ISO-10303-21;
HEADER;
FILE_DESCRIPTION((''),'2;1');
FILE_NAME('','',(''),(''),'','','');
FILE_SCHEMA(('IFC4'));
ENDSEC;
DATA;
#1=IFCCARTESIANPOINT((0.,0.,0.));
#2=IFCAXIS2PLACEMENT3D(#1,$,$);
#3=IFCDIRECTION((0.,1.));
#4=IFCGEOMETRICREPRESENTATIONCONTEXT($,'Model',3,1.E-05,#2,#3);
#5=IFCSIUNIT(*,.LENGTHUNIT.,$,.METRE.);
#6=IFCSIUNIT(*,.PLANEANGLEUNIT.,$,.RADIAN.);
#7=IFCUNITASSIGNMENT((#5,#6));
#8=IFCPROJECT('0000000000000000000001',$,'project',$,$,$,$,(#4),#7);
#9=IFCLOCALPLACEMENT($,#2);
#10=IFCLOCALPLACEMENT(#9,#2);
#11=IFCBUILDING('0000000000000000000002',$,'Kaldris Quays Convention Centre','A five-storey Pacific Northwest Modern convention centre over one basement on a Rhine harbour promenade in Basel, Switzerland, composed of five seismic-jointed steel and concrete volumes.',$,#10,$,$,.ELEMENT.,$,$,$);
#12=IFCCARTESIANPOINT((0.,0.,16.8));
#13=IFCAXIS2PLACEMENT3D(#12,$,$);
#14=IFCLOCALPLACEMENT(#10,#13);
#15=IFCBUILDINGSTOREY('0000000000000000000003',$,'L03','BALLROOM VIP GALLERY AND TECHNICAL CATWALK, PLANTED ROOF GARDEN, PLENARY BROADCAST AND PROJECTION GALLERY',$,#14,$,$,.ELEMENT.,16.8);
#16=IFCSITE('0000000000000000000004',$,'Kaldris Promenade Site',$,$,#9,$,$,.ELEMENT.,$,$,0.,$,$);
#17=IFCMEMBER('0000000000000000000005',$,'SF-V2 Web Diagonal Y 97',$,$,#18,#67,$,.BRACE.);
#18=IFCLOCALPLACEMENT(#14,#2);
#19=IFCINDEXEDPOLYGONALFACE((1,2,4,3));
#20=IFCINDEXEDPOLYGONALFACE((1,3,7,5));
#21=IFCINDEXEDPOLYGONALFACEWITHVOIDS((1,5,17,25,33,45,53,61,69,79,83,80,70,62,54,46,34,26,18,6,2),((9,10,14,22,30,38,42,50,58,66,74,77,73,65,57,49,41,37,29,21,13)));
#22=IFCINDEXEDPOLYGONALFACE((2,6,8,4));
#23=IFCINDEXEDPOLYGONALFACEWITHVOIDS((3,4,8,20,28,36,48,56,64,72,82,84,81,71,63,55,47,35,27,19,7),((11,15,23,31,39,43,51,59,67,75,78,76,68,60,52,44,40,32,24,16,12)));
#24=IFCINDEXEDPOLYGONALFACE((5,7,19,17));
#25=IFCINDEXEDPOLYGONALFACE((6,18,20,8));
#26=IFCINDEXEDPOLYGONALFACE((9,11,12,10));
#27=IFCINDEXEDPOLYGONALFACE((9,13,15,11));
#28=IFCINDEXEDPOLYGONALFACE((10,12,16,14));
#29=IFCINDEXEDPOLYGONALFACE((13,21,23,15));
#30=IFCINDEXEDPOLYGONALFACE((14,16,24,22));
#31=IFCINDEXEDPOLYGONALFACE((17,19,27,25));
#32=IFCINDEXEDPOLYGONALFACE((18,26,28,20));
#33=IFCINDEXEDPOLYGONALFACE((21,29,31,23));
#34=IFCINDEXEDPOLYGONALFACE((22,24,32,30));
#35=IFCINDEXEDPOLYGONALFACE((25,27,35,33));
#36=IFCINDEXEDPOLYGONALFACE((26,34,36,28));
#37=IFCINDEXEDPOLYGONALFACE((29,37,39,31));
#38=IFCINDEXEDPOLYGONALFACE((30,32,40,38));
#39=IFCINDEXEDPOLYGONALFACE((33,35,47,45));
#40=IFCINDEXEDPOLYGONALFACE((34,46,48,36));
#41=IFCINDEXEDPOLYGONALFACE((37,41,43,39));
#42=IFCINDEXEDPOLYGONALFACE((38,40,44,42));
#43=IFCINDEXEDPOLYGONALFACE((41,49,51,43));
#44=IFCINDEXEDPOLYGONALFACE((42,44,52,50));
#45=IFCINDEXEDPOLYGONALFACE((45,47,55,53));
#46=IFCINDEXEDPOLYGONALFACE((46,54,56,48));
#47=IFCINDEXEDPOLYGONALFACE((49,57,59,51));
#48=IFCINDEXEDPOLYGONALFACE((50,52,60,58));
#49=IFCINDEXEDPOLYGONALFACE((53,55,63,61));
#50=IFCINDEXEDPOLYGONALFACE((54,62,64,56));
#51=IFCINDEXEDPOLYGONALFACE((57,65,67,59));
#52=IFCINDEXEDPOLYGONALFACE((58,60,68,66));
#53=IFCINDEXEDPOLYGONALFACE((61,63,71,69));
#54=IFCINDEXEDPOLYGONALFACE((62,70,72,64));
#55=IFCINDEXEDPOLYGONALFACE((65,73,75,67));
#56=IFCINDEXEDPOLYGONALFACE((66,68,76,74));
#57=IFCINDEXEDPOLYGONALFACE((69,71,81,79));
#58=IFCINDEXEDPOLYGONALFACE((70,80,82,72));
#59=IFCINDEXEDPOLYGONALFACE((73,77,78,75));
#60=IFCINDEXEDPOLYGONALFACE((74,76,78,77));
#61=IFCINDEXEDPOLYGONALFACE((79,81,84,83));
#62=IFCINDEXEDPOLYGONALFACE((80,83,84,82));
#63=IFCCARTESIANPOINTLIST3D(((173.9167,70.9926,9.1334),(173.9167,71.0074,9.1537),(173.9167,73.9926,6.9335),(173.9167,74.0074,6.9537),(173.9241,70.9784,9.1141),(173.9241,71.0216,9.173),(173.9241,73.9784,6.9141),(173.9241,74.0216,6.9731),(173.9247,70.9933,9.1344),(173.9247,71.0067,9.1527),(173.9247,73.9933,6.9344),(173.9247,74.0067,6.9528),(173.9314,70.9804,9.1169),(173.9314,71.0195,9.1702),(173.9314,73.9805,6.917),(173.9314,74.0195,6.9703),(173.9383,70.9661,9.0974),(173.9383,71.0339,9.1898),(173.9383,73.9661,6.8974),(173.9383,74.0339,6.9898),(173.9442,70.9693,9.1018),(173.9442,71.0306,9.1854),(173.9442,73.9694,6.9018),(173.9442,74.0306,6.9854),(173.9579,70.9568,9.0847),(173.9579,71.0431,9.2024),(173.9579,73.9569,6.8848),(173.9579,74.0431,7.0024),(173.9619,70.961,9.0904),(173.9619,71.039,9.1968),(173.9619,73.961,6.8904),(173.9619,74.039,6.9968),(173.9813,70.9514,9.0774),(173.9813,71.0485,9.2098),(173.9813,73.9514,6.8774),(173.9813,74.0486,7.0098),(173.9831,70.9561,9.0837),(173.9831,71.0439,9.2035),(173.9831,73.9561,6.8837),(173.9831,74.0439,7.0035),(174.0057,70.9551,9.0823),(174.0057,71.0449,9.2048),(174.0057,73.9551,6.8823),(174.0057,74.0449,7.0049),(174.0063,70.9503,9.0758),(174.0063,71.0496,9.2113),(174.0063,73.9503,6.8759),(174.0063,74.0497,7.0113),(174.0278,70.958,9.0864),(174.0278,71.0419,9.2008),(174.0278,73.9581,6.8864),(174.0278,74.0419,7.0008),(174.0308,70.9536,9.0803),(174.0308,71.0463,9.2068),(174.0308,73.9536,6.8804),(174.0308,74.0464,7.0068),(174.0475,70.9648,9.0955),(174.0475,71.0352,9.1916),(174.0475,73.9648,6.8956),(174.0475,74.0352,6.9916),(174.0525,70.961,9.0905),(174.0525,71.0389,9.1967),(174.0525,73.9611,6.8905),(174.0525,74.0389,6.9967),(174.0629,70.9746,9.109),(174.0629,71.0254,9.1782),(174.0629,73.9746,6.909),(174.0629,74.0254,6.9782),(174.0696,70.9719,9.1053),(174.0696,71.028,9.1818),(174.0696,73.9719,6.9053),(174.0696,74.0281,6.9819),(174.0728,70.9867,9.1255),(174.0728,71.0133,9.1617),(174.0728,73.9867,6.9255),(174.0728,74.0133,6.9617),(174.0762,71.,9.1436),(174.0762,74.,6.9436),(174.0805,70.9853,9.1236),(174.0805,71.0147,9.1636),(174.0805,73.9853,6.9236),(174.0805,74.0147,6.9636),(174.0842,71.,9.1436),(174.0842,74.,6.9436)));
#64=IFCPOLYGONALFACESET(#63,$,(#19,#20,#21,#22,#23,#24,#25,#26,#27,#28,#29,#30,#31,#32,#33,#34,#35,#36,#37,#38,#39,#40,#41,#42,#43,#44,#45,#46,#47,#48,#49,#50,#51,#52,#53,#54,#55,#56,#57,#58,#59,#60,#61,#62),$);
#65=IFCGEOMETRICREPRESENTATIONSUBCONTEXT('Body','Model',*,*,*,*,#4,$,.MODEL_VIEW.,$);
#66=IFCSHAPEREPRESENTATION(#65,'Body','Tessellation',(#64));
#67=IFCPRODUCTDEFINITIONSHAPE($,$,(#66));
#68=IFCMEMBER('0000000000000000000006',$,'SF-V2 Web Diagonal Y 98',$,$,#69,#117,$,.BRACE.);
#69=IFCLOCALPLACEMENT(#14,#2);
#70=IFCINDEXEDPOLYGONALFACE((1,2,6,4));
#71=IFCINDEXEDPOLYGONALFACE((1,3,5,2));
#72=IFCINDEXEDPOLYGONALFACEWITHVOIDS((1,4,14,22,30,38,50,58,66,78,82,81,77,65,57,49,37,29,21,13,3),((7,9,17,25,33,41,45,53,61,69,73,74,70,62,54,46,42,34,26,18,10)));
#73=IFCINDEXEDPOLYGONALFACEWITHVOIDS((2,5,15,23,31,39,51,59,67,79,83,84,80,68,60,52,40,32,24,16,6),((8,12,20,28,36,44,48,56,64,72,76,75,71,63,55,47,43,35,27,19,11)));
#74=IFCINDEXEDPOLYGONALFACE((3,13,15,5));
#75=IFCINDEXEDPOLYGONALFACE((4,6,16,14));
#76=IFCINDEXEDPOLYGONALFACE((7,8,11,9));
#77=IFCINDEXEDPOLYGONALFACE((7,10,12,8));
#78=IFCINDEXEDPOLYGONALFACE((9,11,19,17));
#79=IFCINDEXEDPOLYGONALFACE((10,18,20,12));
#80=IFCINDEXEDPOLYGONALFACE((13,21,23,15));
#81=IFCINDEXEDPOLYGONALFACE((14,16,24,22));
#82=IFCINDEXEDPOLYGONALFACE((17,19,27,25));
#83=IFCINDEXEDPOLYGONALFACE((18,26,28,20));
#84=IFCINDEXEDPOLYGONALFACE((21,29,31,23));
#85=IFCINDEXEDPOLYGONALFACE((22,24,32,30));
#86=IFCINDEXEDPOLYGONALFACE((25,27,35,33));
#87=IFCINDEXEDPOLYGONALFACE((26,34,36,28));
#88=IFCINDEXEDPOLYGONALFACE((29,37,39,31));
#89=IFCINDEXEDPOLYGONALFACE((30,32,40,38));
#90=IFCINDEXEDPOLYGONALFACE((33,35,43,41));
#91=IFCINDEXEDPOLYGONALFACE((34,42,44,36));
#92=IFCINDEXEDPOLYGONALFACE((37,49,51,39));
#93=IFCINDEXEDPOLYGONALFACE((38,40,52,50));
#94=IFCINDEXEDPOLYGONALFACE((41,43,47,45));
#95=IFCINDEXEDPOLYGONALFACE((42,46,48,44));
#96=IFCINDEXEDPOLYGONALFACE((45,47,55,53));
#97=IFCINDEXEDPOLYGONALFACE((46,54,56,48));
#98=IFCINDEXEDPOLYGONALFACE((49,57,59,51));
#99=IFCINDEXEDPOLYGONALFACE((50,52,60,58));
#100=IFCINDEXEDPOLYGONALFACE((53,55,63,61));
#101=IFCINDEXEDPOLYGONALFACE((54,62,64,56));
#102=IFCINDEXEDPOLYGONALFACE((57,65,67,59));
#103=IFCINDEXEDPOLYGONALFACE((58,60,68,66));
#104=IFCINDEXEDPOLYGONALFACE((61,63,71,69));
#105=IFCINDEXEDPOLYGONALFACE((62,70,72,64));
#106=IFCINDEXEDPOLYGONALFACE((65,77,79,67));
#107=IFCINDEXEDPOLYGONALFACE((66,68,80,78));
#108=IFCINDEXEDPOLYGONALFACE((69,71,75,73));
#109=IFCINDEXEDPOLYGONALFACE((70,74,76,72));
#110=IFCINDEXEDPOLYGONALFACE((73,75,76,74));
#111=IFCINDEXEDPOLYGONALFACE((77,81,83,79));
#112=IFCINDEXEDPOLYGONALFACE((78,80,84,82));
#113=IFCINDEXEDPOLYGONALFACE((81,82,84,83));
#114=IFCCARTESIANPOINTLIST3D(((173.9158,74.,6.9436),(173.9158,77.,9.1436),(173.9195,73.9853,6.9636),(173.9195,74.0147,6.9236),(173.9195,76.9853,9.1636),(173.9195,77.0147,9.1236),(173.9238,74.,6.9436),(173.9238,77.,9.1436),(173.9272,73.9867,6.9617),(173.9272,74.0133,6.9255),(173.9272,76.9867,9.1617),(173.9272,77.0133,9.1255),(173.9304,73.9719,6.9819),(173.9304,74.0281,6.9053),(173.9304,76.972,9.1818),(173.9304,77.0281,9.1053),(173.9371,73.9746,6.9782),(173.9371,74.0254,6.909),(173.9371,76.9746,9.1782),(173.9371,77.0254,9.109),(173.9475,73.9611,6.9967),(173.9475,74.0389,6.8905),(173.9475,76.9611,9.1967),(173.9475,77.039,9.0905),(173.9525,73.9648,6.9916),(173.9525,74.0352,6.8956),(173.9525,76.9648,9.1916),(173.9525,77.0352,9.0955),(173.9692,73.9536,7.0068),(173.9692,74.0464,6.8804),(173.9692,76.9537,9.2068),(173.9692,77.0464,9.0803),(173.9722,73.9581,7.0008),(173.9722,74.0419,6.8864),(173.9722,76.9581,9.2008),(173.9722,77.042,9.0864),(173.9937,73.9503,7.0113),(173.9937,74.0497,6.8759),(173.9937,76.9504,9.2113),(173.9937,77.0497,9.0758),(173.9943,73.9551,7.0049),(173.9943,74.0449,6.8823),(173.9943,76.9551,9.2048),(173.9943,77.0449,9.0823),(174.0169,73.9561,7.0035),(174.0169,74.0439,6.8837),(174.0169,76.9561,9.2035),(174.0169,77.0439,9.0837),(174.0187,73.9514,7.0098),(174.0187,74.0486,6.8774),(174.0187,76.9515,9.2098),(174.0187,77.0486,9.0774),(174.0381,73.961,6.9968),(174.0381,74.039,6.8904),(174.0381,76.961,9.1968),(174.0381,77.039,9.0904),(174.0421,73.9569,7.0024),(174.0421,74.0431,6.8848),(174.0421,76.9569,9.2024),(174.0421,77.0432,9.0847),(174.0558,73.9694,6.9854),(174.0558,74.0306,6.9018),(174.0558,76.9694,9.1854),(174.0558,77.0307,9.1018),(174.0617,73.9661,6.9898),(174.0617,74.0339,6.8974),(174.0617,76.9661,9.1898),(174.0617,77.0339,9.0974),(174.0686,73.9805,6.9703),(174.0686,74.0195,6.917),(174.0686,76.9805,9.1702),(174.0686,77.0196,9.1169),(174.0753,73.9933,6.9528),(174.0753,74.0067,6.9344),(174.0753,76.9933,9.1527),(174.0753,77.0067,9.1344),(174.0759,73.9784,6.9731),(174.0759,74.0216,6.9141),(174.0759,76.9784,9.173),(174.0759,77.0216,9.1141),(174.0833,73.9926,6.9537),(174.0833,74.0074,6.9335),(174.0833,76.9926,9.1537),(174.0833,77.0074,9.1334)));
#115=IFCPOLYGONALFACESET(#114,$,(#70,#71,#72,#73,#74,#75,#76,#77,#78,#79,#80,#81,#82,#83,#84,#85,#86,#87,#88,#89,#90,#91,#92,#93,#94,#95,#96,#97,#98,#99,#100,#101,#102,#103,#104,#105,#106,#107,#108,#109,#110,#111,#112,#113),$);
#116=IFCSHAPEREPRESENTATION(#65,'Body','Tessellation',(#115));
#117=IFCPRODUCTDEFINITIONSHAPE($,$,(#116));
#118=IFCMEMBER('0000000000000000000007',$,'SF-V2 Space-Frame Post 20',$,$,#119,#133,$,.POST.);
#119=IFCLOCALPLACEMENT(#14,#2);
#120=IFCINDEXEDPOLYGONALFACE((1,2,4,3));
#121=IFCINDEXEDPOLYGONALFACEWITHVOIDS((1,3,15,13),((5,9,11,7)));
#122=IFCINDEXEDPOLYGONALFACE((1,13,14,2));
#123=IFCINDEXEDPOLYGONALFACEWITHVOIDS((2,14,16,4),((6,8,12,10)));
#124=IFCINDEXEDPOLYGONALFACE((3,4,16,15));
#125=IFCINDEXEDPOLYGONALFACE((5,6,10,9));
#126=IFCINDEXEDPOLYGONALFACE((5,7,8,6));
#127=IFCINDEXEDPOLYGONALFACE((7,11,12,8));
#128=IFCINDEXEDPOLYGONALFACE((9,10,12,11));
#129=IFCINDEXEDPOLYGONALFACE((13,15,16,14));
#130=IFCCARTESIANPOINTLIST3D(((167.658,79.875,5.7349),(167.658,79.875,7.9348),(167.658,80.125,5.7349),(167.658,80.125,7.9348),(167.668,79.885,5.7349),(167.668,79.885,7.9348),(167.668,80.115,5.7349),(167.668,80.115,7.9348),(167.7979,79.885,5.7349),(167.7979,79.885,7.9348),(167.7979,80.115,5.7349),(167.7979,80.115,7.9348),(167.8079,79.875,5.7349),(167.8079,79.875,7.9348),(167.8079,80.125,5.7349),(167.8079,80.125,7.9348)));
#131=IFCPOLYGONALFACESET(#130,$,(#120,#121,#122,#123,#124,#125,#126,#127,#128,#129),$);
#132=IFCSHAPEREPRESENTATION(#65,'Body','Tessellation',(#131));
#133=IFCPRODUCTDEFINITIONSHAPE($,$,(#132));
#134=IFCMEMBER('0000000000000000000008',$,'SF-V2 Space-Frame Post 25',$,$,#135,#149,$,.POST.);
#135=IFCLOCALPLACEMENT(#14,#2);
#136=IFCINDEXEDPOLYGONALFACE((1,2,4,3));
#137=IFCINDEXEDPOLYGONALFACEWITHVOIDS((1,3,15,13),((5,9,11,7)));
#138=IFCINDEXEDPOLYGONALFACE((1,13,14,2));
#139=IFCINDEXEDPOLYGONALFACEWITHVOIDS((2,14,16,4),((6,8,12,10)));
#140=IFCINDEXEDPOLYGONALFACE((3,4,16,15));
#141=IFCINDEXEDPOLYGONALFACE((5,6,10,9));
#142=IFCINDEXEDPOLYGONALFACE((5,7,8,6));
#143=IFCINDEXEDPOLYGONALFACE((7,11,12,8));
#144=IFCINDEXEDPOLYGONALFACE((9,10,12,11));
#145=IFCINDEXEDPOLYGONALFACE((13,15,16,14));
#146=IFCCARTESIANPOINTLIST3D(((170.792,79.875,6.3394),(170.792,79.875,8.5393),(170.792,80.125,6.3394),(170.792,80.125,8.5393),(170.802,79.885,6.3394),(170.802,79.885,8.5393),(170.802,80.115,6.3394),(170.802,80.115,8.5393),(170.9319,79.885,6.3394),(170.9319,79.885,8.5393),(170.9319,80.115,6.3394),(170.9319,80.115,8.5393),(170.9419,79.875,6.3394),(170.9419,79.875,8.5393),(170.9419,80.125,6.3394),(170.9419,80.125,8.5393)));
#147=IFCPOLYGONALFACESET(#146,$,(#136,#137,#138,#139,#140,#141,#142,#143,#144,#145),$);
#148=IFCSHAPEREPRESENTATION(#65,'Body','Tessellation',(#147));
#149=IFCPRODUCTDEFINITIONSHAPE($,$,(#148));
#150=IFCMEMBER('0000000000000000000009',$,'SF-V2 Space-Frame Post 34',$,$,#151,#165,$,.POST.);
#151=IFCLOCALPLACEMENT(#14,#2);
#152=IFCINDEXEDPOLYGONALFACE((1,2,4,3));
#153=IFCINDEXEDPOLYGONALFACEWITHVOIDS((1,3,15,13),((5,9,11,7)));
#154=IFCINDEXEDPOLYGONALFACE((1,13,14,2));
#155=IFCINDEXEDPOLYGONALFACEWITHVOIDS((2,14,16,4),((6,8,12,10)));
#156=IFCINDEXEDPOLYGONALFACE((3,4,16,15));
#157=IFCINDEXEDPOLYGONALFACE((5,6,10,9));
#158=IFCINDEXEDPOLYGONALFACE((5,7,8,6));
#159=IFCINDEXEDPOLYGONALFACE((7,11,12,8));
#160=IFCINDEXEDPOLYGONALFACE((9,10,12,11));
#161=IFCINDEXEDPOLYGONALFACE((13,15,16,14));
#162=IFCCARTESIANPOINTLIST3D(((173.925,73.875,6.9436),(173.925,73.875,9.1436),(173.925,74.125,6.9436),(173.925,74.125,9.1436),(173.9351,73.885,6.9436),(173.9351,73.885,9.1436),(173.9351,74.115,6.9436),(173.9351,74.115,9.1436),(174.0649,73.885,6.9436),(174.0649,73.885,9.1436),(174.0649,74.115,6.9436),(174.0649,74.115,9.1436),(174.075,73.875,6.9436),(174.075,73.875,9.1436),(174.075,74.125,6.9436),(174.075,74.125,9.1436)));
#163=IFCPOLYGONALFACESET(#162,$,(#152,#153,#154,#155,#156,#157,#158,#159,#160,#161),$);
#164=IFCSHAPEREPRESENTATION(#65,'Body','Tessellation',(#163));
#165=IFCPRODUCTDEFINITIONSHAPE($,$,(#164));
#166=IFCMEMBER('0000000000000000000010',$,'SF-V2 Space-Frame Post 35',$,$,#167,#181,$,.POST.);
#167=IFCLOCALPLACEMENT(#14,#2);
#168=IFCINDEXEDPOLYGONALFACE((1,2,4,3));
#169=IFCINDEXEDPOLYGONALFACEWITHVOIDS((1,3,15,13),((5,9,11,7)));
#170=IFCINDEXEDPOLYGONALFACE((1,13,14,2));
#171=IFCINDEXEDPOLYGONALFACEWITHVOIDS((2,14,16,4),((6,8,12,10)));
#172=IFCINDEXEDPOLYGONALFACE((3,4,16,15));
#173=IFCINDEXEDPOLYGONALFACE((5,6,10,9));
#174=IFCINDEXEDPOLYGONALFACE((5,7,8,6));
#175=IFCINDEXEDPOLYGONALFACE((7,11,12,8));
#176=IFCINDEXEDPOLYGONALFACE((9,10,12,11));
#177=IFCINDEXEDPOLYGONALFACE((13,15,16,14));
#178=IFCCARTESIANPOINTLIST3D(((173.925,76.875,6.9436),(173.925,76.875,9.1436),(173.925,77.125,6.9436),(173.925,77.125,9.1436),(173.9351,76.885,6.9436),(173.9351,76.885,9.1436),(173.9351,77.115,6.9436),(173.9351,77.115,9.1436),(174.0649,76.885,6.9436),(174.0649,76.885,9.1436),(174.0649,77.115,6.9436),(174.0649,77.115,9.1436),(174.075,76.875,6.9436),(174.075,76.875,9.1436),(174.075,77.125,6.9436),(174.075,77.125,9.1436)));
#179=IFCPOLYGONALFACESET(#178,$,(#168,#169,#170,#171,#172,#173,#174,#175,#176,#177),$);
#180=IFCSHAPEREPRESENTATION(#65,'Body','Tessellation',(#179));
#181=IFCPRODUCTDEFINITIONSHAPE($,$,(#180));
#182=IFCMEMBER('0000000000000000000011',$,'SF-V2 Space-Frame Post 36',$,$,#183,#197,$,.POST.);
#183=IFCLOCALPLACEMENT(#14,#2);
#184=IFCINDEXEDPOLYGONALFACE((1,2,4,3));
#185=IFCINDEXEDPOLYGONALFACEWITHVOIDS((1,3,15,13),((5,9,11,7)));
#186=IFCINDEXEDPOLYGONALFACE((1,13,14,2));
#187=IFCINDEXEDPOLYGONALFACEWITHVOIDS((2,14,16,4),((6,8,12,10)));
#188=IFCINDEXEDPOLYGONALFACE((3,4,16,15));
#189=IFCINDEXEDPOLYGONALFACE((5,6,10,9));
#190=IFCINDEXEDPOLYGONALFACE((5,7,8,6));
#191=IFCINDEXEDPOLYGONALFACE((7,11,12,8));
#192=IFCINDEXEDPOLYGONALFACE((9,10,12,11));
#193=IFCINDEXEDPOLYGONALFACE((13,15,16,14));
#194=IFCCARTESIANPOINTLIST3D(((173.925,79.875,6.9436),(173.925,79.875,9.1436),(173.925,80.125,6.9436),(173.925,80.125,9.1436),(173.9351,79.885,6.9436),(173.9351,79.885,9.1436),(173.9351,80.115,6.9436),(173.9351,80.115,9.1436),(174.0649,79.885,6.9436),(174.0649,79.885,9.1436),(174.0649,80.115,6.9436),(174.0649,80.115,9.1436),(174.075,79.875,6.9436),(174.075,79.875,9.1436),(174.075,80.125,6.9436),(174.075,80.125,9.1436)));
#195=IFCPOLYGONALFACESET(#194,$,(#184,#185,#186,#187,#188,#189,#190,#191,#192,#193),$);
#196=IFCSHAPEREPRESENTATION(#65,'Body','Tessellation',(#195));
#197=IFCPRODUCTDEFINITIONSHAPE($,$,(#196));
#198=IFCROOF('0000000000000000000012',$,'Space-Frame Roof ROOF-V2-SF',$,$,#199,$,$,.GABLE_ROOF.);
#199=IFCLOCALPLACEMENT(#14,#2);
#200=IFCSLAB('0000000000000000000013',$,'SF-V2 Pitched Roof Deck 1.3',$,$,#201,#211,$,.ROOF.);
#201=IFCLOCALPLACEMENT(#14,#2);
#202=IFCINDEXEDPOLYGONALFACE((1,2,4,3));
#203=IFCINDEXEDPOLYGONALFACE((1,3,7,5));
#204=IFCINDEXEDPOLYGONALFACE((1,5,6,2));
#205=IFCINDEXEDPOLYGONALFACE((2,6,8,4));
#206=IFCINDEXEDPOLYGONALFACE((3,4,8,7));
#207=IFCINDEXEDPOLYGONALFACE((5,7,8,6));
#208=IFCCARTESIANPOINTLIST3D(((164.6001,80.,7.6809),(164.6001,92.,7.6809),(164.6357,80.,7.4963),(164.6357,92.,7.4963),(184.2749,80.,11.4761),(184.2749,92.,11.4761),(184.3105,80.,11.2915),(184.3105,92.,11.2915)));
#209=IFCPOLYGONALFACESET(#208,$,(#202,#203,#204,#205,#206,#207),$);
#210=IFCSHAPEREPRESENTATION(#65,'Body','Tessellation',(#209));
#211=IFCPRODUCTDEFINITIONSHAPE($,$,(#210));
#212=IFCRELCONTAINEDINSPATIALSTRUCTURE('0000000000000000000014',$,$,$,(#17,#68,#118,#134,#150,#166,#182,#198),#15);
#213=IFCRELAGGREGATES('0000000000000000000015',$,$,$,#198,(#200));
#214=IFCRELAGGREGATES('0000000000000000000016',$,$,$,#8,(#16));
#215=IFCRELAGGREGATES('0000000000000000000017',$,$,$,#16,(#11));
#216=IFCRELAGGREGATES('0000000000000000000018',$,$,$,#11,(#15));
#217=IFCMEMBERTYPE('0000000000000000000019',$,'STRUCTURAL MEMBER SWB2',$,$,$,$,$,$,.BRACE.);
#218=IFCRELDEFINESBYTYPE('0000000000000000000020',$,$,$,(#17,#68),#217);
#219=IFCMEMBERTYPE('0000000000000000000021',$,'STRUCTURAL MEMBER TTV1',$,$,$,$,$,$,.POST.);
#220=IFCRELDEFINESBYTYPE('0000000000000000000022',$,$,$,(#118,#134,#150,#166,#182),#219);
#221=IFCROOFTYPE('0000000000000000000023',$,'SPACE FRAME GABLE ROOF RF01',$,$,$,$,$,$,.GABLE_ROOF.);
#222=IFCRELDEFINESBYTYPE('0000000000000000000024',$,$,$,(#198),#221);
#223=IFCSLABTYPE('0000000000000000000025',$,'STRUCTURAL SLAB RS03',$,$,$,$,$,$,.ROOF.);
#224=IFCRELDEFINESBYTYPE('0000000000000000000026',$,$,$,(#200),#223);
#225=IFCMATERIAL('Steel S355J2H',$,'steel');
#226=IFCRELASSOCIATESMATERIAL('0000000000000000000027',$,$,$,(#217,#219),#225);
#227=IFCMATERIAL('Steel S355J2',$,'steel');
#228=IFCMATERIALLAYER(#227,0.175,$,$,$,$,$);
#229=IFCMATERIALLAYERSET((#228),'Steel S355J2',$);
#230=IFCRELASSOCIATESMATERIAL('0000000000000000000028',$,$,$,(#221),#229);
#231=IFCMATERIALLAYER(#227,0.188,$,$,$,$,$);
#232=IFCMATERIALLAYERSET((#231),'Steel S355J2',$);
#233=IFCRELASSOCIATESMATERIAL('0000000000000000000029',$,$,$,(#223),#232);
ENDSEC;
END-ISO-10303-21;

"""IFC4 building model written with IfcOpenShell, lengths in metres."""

from ifc_helpers import new_model, si_unit, direction, frame, origin, origin_2d, place, context, subcontext, project, spatial, polyline, hollow_rectangle, hollow_circle, outline, extrude, material, layer, layer_set, material_profile, profile_set, type_object, element, aggregate, save


model = new_model("IFC4")

# Units and contexts
model_context = context("Model", 3, precision=1e-05, world=origin(), true_north=direction((0.0, 1.0)))
body_context = subcontext(model_context, "Body", "Model", "MODEL_VIEW")
ifc_project = project(units=[si_unit("LENGTHUNIT", "METRE"), si_unit("PLANEANGLEUNIT", "RADIAN")], contexts=[model_context])

# Site, building, storey
site_placement = place(None, origin())
site = spatial("IfcSite", under=ifc_project, at=site_placement, Name="Kaldris Promenade Site", CompositionType="ELEMENT", RefElevation=0.0)
building_placement = place(site_placement, origin())
building = spatial("IfcBuilding", under=site, at=building_placement, Name="Kaldris Quays Convention Centre", Description="A five-storey Pacific Northwest Modern convention centre over one basement on a Rhine harbour promenade in Basel, Switzerland, composed of five seismic-jointed steel and concrete volumes.", CompositionType="ELEMENT")
storey_placement = place(building_placement, frame((0.0, 0.0, 16.8)))
storey = spatial("IfcBuildingStorey", under=building, at=storey_placement, Name="L03", Description="BALLROOM VIP GALLERY AND TECHNICAL CATWALK, PLANTED ROOF GARDEN, PLENARY BROADCAST AND PROJECTION GALLERY", CompositionType="ELEMENT", Elevation=16.8)

# Members
ifc_material_1 = material(Name="Steel S355J2H", Category="steel")
ifc_material_profile_1 = material_profile(ifc_material_1, hollow_circle(Radius=0.0842, WallThickness=0.0081, at=origin_2d()), Name="CHS 168.3x8")
ifc_profile_set_1 = profile_set([ifc_material_profile_1], Name="Steel S355J2H")
member_type_1 = type_object("IfcMemberType", Name="STRUCTURAL MEMBER SWB2", PredefinedType="BRACE", material=ifc_profile_set_1)
for number, where, z_axis, x_axis, name in (
    (1, (174.0, 74.0, 6.9436), (0.0, -0.806411, 0.591355), (1.0, 0.0, 0.0), "SF-V2 Web Diagonal Y 97"),
    (2, (174.0, 74.0, 6.9436), (0.0, 0.806411, 0.591355), (-1.0, 0.0, 0.0), "SF-V2 Web Diagonal Y 98"),
):
    element("IfcMember", number, at=place(storey_placement, frame(where, z_axis=z_axis, x_axis=x_axis)), inside=storey, type_object=member_type_1, Name=name, PredefinedType="BRACE", context=body_context, shape_type="SweptSolid", body=[
        extrude(hollow_circle(Radius=0.0842, WallThickness=0.0081, at=origin_2d()), origin(), (0.0, 0.0, 1.0), 3.7202),
    ])
ifc_material_profile_2 = material_profile(ifc_material_1, hollow_rectangle(XDim=0.1499, YDim=0.25, WallThickness=0.01, at=origin_2d()), Name="RHS 250x150x10")
ifc_profile_set_2 = profile_set([ifc_material_profile_2], Name="Steel S355J2H")
member_type_2 = type_object("IfcMemberType", Name="STRUCTURAL MEMBER TTV1", PredefinedType="POST", material=ifc_profile_set_2)
for number, where, z_axis, x_axis, name in (
    (3, (167.7329, 80.0, 5.7349), (0.0, 0.0, 1.0), (1.0, 0.0, 0.0), "SF-V2 Space-Frame Post 20"),
    (4, (170.8669, 80.0, 6.3394), (0.0, 0.0, 1.0), (1.0, 0.0, 0.0), "SF-V2 Space-Frame Post 25"),
    (5, (174.0, 74.0, 6.9436), (0.0, 0.0, 1.0), (1.0, 0.0, 0.0), "SF-V2 Space-Frame Post 34"),
    (6, (174.0, 77.0, 6.9436), (0.0, 0.0, 1.0), (1.0, 0.0, 0.0), "SF-V2 Space-Frame Post 35"),
    (7, (174.0, 80.0, 6.9436), (0.0, 0.0, 1.0), (1.0, 0.0, 0.0), "SF-V2 Space-Frame Post 36"),
):
    element("IfcMember", number, at=place(storey_placement, frame(where, z_axis=z_axis, x_axis=x_axis)), inside=storey, type_object=member_type_2, Name=name, PredefinedType="POST", context=body_context, shape_type="SweptSolid", body=[
        extrude(hollow_rectangle(XDim=0.1499, YDim=0.25, WallThickness=0.01, at=origin_2d()), origin(), (0.0, 0.0, 1.0), 2.2),
    ])

# Roof, slab
ifc_material_2 = material(Name="Steel S355J2", Category="steel")
ifc_layer_1 = layer(ifc_material_2, 0.175)
ifc_layer_set_1 = layer_set([ifc_layer_1], Name="Steel S355J2")
roof_type = type_object("IfcRoofType", Name="SPACE FRAME GABLE ROOF RF01", PredefinedType="GABLE_ROOF", material=ifc_layer_set_1)
roof_placement = place(storey_placement, origin())
roof = element("IfcRoof", 8, at=roof_placement, inside=storey, type_object=roof_type, Name="Space-Frame Roof ROOF-V2-SF", PredefinedType="GABLE_ROOF")
ifc_layer_2 = layer(ifc_material_2, 0.188)
ifc_layer_set_2 = layer_set([ifc_layer_2], Name="Steel S355J2")
slab_type = type_object("IfcSlabType", Name="STRUCTURAL SLAB RS03", PredefinedType="ROOF", material=ifc_layer_set_2)
slab_placement = place(storey_placement, frame((164.6001, 80.0, 7.6809), z_axis=(-0.189403, 0.0, 0.981899), x_axis=(0.981899, 0.0, 0.189403)))
slab = element("IfcSlab", 9, at=slab_placement, type_object=slab_type, Name="SF-V2 Pitched Roof Deck 1.3", PredefinedType="ROOF", context=body_context, shape_type="SweptSolid", body=[
    extrude(outline(polyline([(0.0, 0.0), (20.0375, 0.0), (20.0375, 12.0), (0.0, 12.0), (0.0, 0.0)])), origin(), (0.0, 0.0, -1.0), 0.188),
])
aggregate(roof, [slab])

save(model, "model.ifc")
